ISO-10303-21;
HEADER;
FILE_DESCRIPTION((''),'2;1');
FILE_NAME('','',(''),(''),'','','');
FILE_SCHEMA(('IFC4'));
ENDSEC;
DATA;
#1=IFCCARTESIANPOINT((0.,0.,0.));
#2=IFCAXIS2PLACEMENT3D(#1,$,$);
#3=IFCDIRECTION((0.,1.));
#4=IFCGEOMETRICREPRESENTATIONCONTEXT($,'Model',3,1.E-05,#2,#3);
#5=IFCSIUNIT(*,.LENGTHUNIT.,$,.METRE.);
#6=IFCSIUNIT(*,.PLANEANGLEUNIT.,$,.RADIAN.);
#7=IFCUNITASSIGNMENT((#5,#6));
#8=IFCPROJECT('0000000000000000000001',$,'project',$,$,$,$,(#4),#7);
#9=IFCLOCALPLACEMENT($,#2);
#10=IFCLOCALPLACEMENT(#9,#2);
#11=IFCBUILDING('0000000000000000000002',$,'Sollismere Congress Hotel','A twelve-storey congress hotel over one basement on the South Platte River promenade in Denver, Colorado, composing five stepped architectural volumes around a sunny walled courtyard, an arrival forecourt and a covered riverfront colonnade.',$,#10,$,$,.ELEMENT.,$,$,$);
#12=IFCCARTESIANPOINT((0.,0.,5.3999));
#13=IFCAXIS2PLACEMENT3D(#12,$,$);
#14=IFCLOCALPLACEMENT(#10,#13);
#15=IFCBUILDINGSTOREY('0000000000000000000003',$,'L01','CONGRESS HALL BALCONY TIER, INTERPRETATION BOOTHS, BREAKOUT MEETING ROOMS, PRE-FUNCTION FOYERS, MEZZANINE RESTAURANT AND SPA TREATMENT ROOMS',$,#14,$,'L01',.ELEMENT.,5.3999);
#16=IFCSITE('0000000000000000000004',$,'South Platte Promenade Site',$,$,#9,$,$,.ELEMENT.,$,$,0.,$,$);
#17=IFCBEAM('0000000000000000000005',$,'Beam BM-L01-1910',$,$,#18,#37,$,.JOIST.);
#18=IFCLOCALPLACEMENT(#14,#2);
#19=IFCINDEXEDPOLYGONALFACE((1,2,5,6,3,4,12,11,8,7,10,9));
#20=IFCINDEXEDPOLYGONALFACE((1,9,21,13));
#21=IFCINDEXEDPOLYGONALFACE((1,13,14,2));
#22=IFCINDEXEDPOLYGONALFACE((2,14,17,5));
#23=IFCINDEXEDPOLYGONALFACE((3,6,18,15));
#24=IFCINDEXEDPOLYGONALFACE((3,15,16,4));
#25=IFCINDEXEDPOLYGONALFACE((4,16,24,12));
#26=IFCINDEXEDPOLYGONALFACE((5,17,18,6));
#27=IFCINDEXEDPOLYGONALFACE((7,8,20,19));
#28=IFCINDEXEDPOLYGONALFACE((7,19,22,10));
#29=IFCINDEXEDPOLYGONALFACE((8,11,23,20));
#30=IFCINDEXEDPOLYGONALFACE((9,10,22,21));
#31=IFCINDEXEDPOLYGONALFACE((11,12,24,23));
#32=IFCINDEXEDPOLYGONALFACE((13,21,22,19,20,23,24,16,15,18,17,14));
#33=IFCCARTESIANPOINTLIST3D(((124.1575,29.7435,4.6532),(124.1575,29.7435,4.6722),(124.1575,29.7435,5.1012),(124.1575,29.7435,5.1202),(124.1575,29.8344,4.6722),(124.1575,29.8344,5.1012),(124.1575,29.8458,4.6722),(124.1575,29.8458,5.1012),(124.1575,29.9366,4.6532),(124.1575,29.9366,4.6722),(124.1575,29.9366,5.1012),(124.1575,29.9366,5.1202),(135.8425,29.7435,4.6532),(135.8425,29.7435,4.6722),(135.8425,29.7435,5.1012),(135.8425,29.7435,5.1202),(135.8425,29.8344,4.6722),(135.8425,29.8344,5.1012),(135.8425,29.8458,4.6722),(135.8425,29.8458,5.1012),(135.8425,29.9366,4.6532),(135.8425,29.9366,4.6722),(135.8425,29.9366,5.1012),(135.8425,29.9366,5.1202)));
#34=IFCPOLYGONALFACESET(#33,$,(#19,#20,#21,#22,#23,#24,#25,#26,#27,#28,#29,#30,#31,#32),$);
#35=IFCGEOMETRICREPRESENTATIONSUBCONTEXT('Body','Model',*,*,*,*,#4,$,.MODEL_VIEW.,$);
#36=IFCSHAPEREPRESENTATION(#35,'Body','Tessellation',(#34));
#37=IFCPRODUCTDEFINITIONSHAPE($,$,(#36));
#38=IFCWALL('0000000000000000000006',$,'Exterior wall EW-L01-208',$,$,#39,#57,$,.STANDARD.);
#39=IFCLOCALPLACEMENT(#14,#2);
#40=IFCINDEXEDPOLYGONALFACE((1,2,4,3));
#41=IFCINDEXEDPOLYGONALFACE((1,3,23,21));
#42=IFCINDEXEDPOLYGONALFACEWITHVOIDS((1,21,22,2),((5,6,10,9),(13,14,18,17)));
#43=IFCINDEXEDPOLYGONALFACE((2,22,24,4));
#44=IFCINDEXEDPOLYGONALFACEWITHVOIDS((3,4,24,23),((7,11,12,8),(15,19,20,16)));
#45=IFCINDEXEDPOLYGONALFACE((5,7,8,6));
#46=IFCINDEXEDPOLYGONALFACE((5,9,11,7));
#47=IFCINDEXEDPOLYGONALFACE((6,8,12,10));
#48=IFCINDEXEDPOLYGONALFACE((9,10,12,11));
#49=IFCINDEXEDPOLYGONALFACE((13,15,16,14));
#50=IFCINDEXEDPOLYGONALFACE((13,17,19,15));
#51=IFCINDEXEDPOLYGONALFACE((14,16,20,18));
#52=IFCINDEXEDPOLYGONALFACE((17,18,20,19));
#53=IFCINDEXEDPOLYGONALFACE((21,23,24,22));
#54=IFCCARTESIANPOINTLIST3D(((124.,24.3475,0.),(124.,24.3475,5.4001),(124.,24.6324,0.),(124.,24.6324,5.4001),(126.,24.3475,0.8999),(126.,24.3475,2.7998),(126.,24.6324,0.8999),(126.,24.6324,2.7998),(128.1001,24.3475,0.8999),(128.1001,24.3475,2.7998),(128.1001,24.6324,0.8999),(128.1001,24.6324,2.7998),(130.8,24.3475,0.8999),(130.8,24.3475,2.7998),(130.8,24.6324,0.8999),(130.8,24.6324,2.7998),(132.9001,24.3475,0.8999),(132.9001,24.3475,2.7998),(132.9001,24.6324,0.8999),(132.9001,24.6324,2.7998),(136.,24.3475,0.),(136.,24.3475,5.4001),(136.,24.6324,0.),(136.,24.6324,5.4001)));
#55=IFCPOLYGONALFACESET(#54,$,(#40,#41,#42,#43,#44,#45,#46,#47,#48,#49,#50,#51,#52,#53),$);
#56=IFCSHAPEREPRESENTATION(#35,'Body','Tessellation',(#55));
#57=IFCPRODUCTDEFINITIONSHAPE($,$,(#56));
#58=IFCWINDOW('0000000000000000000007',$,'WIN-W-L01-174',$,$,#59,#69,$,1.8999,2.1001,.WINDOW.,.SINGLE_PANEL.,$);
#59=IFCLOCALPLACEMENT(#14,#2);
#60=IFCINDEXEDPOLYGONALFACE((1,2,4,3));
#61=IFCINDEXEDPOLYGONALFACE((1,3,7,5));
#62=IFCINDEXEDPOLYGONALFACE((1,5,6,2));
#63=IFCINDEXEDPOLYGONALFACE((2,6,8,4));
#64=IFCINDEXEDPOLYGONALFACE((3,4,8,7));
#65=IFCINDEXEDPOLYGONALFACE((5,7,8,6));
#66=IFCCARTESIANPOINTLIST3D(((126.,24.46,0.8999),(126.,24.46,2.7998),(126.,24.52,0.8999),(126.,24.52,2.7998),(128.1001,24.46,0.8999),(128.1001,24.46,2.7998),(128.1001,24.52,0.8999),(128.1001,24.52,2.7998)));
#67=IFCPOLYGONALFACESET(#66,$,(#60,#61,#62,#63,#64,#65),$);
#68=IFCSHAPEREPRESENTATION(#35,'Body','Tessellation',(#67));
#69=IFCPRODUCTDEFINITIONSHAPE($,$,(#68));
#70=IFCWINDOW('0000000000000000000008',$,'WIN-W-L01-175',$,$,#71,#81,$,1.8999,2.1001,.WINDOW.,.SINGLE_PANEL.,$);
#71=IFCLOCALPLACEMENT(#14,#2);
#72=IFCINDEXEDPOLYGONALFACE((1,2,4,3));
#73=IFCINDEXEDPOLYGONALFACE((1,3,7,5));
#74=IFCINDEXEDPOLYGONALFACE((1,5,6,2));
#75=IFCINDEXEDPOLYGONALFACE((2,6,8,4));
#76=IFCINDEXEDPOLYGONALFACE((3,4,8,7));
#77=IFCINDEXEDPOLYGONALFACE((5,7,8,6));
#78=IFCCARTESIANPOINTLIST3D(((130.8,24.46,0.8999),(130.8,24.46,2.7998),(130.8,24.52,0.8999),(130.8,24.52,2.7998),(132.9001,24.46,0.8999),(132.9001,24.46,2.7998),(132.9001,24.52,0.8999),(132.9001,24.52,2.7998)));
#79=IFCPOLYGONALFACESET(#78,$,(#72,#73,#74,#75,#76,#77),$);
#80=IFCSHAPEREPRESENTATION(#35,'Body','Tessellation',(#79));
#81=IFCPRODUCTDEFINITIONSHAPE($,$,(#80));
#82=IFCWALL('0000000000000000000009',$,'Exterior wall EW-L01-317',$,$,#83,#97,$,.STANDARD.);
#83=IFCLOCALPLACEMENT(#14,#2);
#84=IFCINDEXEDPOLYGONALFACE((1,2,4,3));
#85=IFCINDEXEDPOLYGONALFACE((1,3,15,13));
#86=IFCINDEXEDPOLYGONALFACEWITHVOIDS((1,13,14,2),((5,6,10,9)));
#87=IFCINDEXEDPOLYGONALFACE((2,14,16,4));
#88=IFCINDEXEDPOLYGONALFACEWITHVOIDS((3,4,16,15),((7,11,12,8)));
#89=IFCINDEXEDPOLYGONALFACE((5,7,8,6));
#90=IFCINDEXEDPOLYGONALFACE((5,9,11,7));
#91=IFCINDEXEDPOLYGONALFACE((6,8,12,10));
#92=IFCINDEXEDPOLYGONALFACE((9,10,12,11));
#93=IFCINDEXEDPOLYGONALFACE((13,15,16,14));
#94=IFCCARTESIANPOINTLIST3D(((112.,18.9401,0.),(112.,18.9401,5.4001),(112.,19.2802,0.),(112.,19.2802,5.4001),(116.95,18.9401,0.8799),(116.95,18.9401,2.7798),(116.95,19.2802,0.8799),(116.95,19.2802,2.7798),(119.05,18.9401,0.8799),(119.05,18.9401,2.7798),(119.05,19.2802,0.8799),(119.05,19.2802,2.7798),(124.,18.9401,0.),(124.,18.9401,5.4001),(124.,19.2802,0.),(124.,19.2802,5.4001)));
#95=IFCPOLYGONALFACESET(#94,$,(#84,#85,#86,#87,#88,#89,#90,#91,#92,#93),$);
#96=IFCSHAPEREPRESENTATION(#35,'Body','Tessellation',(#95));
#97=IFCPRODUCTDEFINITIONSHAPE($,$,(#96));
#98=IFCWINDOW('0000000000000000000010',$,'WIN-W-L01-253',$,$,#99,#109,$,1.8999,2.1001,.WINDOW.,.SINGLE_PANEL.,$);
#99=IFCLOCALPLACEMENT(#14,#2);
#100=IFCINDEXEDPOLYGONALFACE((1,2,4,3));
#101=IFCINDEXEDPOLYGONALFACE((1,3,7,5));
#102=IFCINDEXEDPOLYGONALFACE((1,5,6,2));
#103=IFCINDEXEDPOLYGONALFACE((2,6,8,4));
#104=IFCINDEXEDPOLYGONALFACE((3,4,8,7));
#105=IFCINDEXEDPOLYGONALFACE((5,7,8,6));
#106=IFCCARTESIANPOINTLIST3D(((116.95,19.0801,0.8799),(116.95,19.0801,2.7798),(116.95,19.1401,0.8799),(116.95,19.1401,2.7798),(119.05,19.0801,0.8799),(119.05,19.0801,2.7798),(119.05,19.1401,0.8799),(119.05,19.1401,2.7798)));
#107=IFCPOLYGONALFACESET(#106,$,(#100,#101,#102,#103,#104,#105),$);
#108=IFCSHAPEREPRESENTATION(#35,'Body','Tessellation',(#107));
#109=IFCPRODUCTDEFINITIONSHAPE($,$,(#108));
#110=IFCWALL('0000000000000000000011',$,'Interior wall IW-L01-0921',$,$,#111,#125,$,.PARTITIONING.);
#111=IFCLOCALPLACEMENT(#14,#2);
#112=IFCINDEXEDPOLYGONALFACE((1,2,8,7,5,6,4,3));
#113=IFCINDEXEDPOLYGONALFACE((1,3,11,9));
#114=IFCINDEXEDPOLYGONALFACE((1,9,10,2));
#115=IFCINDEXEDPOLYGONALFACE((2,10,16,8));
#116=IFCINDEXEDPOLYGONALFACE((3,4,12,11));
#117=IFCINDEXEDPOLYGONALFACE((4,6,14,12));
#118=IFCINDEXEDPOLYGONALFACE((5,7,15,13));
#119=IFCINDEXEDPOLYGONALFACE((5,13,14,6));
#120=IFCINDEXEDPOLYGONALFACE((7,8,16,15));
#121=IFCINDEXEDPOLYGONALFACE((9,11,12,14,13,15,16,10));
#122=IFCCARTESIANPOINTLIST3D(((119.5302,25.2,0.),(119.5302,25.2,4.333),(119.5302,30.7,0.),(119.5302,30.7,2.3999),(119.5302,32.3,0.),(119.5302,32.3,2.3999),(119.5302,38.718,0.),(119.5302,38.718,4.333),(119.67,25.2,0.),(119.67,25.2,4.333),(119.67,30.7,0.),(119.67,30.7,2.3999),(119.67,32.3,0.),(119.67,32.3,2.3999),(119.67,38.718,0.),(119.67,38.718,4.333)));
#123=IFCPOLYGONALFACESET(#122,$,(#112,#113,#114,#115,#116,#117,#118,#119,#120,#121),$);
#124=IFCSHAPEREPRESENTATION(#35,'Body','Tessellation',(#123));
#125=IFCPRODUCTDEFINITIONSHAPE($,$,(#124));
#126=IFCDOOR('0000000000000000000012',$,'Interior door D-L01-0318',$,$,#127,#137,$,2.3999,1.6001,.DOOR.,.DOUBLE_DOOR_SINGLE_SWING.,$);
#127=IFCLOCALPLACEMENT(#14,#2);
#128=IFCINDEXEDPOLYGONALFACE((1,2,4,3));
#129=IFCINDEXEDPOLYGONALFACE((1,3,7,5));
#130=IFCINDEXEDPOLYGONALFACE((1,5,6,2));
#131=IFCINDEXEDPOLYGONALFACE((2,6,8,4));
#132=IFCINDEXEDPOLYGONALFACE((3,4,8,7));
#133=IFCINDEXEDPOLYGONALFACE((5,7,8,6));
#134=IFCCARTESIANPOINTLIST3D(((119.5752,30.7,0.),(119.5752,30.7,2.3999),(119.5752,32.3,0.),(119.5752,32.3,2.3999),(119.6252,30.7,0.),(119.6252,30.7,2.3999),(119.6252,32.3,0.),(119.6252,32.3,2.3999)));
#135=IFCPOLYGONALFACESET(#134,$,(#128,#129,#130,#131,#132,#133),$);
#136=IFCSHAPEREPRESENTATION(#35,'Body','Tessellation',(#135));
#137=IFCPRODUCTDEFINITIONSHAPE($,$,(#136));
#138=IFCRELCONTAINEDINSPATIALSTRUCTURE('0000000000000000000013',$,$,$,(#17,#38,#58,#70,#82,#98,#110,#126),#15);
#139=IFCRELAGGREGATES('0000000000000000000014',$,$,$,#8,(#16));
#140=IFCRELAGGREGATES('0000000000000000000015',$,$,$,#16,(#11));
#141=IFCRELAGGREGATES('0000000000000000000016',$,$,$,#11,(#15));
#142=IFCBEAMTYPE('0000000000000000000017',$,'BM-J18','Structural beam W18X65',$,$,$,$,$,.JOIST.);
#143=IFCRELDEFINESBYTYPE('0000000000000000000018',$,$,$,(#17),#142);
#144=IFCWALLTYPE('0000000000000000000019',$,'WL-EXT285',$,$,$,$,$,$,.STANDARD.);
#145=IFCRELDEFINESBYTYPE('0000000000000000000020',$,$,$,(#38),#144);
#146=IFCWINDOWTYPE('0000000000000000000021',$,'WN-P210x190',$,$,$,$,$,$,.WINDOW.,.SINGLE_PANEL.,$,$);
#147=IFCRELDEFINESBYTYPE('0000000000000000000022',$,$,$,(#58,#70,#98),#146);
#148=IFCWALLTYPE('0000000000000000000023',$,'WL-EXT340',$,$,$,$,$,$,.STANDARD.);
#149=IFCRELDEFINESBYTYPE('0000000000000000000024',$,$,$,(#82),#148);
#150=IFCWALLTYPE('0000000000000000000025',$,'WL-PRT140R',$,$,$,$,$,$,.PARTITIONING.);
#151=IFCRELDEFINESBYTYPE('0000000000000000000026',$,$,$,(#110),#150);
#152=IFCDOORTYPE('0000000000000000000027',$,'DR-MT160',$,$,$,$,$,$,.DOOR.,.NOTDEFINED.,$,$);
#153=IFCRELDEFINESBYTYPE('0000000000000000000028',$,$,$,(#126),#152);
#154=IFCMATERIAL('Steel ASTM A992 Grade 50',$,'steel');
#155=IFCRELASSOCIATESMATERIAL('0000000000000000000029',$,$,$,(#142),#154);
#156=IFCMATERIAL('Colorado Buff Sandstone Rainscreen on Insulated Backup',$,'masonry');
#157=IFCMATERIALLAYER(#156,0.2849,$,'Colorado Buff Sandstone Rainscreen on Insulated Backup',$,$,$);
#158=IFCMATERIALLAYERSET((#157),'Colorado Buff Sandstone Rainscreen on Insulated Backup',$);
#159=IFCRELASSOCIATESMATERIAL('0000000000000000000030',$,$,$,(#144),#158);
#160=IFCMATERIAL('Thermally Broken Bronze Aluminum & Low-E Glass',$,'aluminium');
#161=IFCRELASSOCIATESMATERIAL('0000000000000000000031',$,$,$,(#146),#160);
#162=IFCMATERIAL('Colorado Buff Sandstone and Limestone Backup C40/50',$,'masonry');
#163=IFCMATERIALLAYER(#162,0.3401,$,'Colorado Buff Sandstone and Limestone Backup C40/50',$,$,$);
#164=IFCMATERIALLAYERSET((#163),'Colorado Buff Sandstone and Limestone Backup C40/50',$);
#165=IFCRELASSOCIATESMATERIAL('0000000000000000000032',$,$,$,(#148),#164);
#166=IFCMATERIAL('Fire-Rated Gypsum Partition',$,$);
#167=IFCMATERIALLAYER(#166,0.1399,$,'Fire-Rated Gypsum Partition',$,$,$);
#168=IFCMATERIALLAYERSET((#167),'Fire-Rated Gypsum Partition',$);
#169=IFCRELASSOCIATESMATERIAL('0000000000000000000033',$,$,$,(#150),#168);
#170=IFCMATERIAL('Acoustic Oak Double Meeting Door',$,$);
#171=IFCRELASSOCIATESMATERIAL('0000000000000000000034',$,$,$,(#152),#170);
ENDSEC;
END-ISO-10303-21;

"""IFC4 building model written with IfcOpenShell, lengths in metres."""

from ifc_helpers import new_model, si_unit, direction, frame, frame_2d, origin, origin_2d, place, context, subcontext, project, spatial, rectangle, i_section, extrude, material, layer, layer_set, material_profile, profile_set, type_object, element, fill, save


model = new_model("IFC4")

# Units and contexts
model_context = context("Model", 3, precision=1e-05, world=origin(), true_north=direction((0.0, 1.0)))
body_context = subcontext(model_context, "Body", "Model", "MODEL_VIEW")
ifc_project = project(units=[si_unit("LENGTHUNIT", "METRE"), si_unit("PLANEANGLEUNIT", "RADIAN")], contexts=[model_context])

# Site, building, storey
site_placement = place(None, origin())
site = spatial("IfcSite", under=ifc_project, at=site_placement, Name="South Platte Promenade Site", CompositionType="ELEMENT", RefElevation=0.0)
building_placement = place(site_placement, origin())
building = spatial("IfcBuilding", under=site, at=building_placement, Name="Sollismere Congress Hotel", Description="A twelve-storey congress hotel over one basement on the South Platte River promenade in Denver, Colorado, composing five stepped architectural volumes around a sunny walled courtyard, an arrival forecourt and a covered riverfront colonnade.", CompositionType="ELEMENT")
storey_placement = place(building_placement, frame((0.0, 0.0, 5.3999)))
storey = spatial("IfcBuildingStorey", under=building, at=storey_placement, Name="L01", Description="CONGRESS HALL BALCONY TIER, INTERPRETATION BOOTHS, BREAKOUT MEETING ROOMS, PRE-FUNCTION FOYERS, MEZZANINE RESTAURANT AND SPA TREATMENT ROOMS", LongName="L01", CompositionType="ELEMENT", Elevation=5.3999)

# Shared definitions
ifc_material_1 = material(Name="Steel ASTM A992 Grade 50", Category="steel")

# Beam
ifc_material_profile_1 = material_profile(ifc_material_1, i_section(OverallWidth=0.1931, OverallDepth=0.467, WebThickness=0.0115, FlangeThickness=0.019, at=origin_2d()), Name="W18X65")
ifc_profile_set_1 = profile_set([ifc_material_profile_1], Name="Steel ASTM A992 Grade 50")
beam_type_1 = type_object("IfcBeamType", Name="BM-J18", Description="Structural beam W18X65", PredefinedType="JOIST", material=ifc_profile_set_1)
for number, where, z_axis, x_axis, name in (
    (1, (124.1575, 29.8401, 4.8867), (1.0, 0.0, 0.0), (0.0, 1.0, 0.0), "Beam BM-L01-1910"),
):
    element("IfcBeam", number, at=place(storey_placement, frame(where, z_axis=z_axis, x_axis=x_axis)), inside=storey, type_object=beam_type_1, Name=name, PredefinedType="JOIST", context=body_context, shape_type="SweptSolid", body=[
        extrude(i_section(OverallWidth=0.1931, OverallDepth=0.467, WebThickness=0.0115, FlangeThickness=0.019, at=origin_2d()), origin(), (0.0, 0.0, 1.0), 11.6851),
    ])

# Wall, openings, windows
ifc_material_2 = material(Name="Colorado Buff Sandstone Rainscreen on Insulated Backup", Category="masonry")
ifc_layer_1 = layer(ifc_material_2, 0.2849, Name="Colorado Buff Sandstone Rainscreen on Insulated Backup")
ifc_layer_set_1 = layer_set([ifc_layer_1], Name="Colorado Buff Sandstone Rainscreen on Insulated Backup")
wall_type_1 = type_object("IfcWallType", Name="WL-EXT285", PredefinedType="STANDARD", material=ifc_layer_set_1)
wall_1_placement = place(storey_placement, frame((124.0, 24.49, 0.0), z_axis=(0.0, 0.0, 1.0), x_axis=(1.0, 0.0, 0.0)))
wall_1 = element("IfcWall", 2, at=wall_1_placement, inside=storey, type_object=wall_type_1, Name="Exterior wall EW-L01-208", PredefinedType="STANDARD", context=body_context, shape_type="SweptSolid", body=[
    extrude(rectangle(XDim=12.0, YDim=0.2849, at=frame_2d((6.0, 0.0))), origin(), (0.0, 0.0, 1.0), 5.4001),
])
opening_1_placement = place(wall_1_placement, frame((2.0, 0.0, 0.8999)))
opening_1 = element("IfcOpeningElement", 3, at=opening_1_placement, cuts=wall_1, PredefinedType="OPENING", context=body_context, shape_type="SweptSolid", body=[
    extrude(rectangle(XDim=2.1001, YDim=1.8999, at=frame_2d((1.05, 0.95))), frame((0.0, 0.1523, 0.0), z_axis=(0.0, -1.0, 0.0), x_axis=(1.0, 0.0, 0.0)), (0.0, 0.0, 1.0), 0.3049),
])
opening_2_placement = place(wall_1_placement, frame((6.8, 0.0, 0.8999)))
opening_2 = element("IfcOpeningElement", 4, at=opening_2_placement, cuts=wall_1, PredefinedType="OPENING", context=body_context, shape_type="SweptSolid", body=[
    extrude(rectangle(XDim=2.1001, YDim=1.8999, at=frame_2d((1.05, 0.95))), frame((0.0, 0.1523, 0.0), z_axis=(0.0, -1.0, 0.0), x_axis=(1.0, 0.0, 0.0)), (0.0, 0.0, 1.0), 0.3049),
])
ifc_material_3 = material(Name="Thermally Broken Bronze Aluminum & Low-E Glass", Category="aluminium")
window_type = type_object("IfcWindowType", Name="WN-P210x190", PartitioningType="SINGLE_PANEL", PredefinedType="WINDOW", material=ifc_material_3)
window_1_placement = place(opening_1_placement, origin())
window_1 = element("IfcWindow", 5, at=window_1_placement, inside=storey, type_object=window_type, Name="WIN-W-L01-174", OverallHeight=1.8999, OverallWidth=2.1001, PartitioningType="SINGLE_PANEL", PredefinedType="WINDOW", context=body_context, shape_type="SweptSolid", body=[
    extrude(rectangle(XDim=2.1001, YDim=1.8999, at=frame_2d((1.05, 0.95))), frame((0.0, 0.03, 0.0), z_axis=(0.0, -1.0, 0.0), x_axis=(1.0, 0.0, 0.0)), (0.0, 0.0, 1.0), 0.0601),
])
fill(opening_1, window_1)
window_2_placement = place(opening_2_placement, origin())
window_2 = element("IfcWindow", 6, at=window_2_placement, inside=storey, type_object=window_type, Name="WIN-W-L01-175", OverallHeight=1.8999, OverallWidth=2.1001, PartitioningType="SINGLE_PANEL", PredefinedType="WINDOW", context=body_context, shape_type="SweptSolid", body=[
    extrude(rectangle(XDim=2.1001, YDim=1.8999, at=frame_2d((1.05, 0.95))), frame((0.0, 0.03, 0.0), z_axis=(0.0, -1.0, 0.0), x_axis=(1.0, 0.0, 0.0)), (0.0, 0.0, 1.0), 0.0601),
])
fill(opening_2, window_2)

# Wall, opening, window
ifc_material_4 = material(Name="Colorado Buff Sandstone and Limestone Backup C40/50", Category="masonry")
ifc_layer_2 = layer(ifc_material_4, 0.3401, Name="Colorado Buff Sandstone and Limestone Backup C40/50")
ifc_layer_set_2 = layer_set([ifc_layer_2], Name="Colorado Buff Sandstone and Limestone Backup C40/50")
wall_type_2 = type_object("IfcWallType", Name="WL-EXT340", PredefinedType="STANDARD", material=ifc_layer_set_2)
wall_2_placement = place(storey_placement, frame((124.0, 19.1101, 0.0), z_axis=(0.0, 0.0, 1.0), x_axis=(-1.0, 0.0, 0.0)))
wall_2 = element("IfcWall", 7, at=wall_2_placement, inside=storey, type_object=wall_type_2, Name="Exterior wall EW-L01-317", PredefinedType="STANDARD", context=body_context, shape_type="SweptSolid", body=[
    extrude(rectangle(XDim=12.0, YDim=0.3401, at=frame_2d((6.0, 0.0))), origin(), (0.0, 0.0, 1.0), 5.4001),
])
opening_3_placement = place(wall_2_placement, frame((4.95, 0.0, 0.8799)))
opening_3 = element("IfcOpeningElement", 8, at=opening_3_placement, cuts=wall_2, PredefinedType="OPENING", context=body_context, shape_type="SweptSolid", body=[
    extrude(rectangle(XDim=2.1001, YDim=1.8999, at=frame_2d((1.05, 0.95))), frame((0.0, 0.1799, 0.0), z_axis=(0.0, -1.0, 0.0), x_axis=(1.0, 0.0, 0.0)), (0.0, 0.0, 1.0), 0.3601),
])
window_3_placement = place(opening_3_placement, origin())
window_3 = element("IfcWindow", 9, at=window_3_placement, inside=storey, type_object=window_type, Name="WIN-W-L01-253", OverallHeight=1.8999, OverallWidth=2.1001, PartitioningType="SINGLE_PANEL", PredefinedType="WINDOW", context=body_context, shape_type="SweptSolid", body=[
    extrude(rectangle(XDim=2.1001, YDim=1.8999, at=frame_2d((1.05, 0.95))), frame((0.0, 0.03, 0.0), z_axis=(0.0, -1.0, 0.0), x_axis=(1.0, 0.0, 0.0)), (0.0, 0.0, 1.0), 0.0601),
])
fill(opening_3, window_3)

# Wall, opening, door
ifc_material_5 = material(Name="Fire-Rated Gypsum Partition")
ifc_layer_3 = layer(ifc_material_5, 0.1399, Name="Fire-Rated Gypsum Partition")
ifc_layer_set_3 = layer_set([ifc_layer_3], Name="Fire-Rated Gypsum Partition")
wall_type_3 = type_object("IfcWallType", Name="WL-PRT140R", PredefinedType="PARTITIONING", material=ifc_layer_set_3)
wall_3_placement = place(storey_placement, frame((119.6001, 25.2, 0.0), z_axis=(0.0, 0.0, 1.0), x_axis=(0.0, 1.0, 0.0)))
wall_3 = element("IfcWall", 10, at=wall_3_placement, inside=storey, type_object=wall_type_3, Name="Interior wall IW-L01-0921", PredefinedType="PARTITIONING", context=body_context, shape_type="SweptSolid", body=[
    extrude(rectangle(XDim=13.5181, YDim=0.1399, at=frame_2d((6.759, 0.0))), origin(), (0.0, 0.0, 1.0), 4.333),
])
opening_4_placement = place(wall_3_placement, frame((5.5, 0.0, 0.0)))
opening_4 = element("IfcOpeningElement", 11, at=opening_4_placement, cuts=wall_3, PredefinedType="OPENING", context=body_context, shape_type="SweptSolid", body=[
    extrude(rectangle(XDim=1.6001, YDim=2.3999, at=frame_2d((0.8, 1.2))), frame((0.0, 0.0798, 0.0), z_axis=(0.0, -1.0, 0.0), x_axis=(1.0, 0.0, 0.0)), (0.0, 0.0, 1.0), 0.1599),
])
ifc_material_6 = material(Name="Acoustic Oak Double Meeting Door")
door_type = type_object("IfcDoorType", Name="DR-MT160", OperationType="NOTDEFINED", PredefinedType="DOOR", material=ifc_material_6)
door_placement = place(opening_4_placement, origin())
door = element("IfcDoor", 12, at=door_placement, inside=storey, type_object=door_type, Name="Interior door D-L01-0318", OperationType="DOUBLE_DOOR_SINGLE_SWING", OverallHeight=2.3999, OverallWidth=1.6001, PredefinedType="DOOR", context=body_context, shape_type="SweptSolid", body=[
    extrude(rectangle(XDim=1.6001, YDim=2.3999, at=frame_2d((0.8, 1.2))), frame((0.0, 0.0249, 0.0), z_axis=(0.0, -1.0, 0.0), x_axis=(1.0, 0.0, 0.0)), (0.0, 0.0, 1.0), 0.05),
])
fill(opening_4, door)

save(model, "model.ifc")
